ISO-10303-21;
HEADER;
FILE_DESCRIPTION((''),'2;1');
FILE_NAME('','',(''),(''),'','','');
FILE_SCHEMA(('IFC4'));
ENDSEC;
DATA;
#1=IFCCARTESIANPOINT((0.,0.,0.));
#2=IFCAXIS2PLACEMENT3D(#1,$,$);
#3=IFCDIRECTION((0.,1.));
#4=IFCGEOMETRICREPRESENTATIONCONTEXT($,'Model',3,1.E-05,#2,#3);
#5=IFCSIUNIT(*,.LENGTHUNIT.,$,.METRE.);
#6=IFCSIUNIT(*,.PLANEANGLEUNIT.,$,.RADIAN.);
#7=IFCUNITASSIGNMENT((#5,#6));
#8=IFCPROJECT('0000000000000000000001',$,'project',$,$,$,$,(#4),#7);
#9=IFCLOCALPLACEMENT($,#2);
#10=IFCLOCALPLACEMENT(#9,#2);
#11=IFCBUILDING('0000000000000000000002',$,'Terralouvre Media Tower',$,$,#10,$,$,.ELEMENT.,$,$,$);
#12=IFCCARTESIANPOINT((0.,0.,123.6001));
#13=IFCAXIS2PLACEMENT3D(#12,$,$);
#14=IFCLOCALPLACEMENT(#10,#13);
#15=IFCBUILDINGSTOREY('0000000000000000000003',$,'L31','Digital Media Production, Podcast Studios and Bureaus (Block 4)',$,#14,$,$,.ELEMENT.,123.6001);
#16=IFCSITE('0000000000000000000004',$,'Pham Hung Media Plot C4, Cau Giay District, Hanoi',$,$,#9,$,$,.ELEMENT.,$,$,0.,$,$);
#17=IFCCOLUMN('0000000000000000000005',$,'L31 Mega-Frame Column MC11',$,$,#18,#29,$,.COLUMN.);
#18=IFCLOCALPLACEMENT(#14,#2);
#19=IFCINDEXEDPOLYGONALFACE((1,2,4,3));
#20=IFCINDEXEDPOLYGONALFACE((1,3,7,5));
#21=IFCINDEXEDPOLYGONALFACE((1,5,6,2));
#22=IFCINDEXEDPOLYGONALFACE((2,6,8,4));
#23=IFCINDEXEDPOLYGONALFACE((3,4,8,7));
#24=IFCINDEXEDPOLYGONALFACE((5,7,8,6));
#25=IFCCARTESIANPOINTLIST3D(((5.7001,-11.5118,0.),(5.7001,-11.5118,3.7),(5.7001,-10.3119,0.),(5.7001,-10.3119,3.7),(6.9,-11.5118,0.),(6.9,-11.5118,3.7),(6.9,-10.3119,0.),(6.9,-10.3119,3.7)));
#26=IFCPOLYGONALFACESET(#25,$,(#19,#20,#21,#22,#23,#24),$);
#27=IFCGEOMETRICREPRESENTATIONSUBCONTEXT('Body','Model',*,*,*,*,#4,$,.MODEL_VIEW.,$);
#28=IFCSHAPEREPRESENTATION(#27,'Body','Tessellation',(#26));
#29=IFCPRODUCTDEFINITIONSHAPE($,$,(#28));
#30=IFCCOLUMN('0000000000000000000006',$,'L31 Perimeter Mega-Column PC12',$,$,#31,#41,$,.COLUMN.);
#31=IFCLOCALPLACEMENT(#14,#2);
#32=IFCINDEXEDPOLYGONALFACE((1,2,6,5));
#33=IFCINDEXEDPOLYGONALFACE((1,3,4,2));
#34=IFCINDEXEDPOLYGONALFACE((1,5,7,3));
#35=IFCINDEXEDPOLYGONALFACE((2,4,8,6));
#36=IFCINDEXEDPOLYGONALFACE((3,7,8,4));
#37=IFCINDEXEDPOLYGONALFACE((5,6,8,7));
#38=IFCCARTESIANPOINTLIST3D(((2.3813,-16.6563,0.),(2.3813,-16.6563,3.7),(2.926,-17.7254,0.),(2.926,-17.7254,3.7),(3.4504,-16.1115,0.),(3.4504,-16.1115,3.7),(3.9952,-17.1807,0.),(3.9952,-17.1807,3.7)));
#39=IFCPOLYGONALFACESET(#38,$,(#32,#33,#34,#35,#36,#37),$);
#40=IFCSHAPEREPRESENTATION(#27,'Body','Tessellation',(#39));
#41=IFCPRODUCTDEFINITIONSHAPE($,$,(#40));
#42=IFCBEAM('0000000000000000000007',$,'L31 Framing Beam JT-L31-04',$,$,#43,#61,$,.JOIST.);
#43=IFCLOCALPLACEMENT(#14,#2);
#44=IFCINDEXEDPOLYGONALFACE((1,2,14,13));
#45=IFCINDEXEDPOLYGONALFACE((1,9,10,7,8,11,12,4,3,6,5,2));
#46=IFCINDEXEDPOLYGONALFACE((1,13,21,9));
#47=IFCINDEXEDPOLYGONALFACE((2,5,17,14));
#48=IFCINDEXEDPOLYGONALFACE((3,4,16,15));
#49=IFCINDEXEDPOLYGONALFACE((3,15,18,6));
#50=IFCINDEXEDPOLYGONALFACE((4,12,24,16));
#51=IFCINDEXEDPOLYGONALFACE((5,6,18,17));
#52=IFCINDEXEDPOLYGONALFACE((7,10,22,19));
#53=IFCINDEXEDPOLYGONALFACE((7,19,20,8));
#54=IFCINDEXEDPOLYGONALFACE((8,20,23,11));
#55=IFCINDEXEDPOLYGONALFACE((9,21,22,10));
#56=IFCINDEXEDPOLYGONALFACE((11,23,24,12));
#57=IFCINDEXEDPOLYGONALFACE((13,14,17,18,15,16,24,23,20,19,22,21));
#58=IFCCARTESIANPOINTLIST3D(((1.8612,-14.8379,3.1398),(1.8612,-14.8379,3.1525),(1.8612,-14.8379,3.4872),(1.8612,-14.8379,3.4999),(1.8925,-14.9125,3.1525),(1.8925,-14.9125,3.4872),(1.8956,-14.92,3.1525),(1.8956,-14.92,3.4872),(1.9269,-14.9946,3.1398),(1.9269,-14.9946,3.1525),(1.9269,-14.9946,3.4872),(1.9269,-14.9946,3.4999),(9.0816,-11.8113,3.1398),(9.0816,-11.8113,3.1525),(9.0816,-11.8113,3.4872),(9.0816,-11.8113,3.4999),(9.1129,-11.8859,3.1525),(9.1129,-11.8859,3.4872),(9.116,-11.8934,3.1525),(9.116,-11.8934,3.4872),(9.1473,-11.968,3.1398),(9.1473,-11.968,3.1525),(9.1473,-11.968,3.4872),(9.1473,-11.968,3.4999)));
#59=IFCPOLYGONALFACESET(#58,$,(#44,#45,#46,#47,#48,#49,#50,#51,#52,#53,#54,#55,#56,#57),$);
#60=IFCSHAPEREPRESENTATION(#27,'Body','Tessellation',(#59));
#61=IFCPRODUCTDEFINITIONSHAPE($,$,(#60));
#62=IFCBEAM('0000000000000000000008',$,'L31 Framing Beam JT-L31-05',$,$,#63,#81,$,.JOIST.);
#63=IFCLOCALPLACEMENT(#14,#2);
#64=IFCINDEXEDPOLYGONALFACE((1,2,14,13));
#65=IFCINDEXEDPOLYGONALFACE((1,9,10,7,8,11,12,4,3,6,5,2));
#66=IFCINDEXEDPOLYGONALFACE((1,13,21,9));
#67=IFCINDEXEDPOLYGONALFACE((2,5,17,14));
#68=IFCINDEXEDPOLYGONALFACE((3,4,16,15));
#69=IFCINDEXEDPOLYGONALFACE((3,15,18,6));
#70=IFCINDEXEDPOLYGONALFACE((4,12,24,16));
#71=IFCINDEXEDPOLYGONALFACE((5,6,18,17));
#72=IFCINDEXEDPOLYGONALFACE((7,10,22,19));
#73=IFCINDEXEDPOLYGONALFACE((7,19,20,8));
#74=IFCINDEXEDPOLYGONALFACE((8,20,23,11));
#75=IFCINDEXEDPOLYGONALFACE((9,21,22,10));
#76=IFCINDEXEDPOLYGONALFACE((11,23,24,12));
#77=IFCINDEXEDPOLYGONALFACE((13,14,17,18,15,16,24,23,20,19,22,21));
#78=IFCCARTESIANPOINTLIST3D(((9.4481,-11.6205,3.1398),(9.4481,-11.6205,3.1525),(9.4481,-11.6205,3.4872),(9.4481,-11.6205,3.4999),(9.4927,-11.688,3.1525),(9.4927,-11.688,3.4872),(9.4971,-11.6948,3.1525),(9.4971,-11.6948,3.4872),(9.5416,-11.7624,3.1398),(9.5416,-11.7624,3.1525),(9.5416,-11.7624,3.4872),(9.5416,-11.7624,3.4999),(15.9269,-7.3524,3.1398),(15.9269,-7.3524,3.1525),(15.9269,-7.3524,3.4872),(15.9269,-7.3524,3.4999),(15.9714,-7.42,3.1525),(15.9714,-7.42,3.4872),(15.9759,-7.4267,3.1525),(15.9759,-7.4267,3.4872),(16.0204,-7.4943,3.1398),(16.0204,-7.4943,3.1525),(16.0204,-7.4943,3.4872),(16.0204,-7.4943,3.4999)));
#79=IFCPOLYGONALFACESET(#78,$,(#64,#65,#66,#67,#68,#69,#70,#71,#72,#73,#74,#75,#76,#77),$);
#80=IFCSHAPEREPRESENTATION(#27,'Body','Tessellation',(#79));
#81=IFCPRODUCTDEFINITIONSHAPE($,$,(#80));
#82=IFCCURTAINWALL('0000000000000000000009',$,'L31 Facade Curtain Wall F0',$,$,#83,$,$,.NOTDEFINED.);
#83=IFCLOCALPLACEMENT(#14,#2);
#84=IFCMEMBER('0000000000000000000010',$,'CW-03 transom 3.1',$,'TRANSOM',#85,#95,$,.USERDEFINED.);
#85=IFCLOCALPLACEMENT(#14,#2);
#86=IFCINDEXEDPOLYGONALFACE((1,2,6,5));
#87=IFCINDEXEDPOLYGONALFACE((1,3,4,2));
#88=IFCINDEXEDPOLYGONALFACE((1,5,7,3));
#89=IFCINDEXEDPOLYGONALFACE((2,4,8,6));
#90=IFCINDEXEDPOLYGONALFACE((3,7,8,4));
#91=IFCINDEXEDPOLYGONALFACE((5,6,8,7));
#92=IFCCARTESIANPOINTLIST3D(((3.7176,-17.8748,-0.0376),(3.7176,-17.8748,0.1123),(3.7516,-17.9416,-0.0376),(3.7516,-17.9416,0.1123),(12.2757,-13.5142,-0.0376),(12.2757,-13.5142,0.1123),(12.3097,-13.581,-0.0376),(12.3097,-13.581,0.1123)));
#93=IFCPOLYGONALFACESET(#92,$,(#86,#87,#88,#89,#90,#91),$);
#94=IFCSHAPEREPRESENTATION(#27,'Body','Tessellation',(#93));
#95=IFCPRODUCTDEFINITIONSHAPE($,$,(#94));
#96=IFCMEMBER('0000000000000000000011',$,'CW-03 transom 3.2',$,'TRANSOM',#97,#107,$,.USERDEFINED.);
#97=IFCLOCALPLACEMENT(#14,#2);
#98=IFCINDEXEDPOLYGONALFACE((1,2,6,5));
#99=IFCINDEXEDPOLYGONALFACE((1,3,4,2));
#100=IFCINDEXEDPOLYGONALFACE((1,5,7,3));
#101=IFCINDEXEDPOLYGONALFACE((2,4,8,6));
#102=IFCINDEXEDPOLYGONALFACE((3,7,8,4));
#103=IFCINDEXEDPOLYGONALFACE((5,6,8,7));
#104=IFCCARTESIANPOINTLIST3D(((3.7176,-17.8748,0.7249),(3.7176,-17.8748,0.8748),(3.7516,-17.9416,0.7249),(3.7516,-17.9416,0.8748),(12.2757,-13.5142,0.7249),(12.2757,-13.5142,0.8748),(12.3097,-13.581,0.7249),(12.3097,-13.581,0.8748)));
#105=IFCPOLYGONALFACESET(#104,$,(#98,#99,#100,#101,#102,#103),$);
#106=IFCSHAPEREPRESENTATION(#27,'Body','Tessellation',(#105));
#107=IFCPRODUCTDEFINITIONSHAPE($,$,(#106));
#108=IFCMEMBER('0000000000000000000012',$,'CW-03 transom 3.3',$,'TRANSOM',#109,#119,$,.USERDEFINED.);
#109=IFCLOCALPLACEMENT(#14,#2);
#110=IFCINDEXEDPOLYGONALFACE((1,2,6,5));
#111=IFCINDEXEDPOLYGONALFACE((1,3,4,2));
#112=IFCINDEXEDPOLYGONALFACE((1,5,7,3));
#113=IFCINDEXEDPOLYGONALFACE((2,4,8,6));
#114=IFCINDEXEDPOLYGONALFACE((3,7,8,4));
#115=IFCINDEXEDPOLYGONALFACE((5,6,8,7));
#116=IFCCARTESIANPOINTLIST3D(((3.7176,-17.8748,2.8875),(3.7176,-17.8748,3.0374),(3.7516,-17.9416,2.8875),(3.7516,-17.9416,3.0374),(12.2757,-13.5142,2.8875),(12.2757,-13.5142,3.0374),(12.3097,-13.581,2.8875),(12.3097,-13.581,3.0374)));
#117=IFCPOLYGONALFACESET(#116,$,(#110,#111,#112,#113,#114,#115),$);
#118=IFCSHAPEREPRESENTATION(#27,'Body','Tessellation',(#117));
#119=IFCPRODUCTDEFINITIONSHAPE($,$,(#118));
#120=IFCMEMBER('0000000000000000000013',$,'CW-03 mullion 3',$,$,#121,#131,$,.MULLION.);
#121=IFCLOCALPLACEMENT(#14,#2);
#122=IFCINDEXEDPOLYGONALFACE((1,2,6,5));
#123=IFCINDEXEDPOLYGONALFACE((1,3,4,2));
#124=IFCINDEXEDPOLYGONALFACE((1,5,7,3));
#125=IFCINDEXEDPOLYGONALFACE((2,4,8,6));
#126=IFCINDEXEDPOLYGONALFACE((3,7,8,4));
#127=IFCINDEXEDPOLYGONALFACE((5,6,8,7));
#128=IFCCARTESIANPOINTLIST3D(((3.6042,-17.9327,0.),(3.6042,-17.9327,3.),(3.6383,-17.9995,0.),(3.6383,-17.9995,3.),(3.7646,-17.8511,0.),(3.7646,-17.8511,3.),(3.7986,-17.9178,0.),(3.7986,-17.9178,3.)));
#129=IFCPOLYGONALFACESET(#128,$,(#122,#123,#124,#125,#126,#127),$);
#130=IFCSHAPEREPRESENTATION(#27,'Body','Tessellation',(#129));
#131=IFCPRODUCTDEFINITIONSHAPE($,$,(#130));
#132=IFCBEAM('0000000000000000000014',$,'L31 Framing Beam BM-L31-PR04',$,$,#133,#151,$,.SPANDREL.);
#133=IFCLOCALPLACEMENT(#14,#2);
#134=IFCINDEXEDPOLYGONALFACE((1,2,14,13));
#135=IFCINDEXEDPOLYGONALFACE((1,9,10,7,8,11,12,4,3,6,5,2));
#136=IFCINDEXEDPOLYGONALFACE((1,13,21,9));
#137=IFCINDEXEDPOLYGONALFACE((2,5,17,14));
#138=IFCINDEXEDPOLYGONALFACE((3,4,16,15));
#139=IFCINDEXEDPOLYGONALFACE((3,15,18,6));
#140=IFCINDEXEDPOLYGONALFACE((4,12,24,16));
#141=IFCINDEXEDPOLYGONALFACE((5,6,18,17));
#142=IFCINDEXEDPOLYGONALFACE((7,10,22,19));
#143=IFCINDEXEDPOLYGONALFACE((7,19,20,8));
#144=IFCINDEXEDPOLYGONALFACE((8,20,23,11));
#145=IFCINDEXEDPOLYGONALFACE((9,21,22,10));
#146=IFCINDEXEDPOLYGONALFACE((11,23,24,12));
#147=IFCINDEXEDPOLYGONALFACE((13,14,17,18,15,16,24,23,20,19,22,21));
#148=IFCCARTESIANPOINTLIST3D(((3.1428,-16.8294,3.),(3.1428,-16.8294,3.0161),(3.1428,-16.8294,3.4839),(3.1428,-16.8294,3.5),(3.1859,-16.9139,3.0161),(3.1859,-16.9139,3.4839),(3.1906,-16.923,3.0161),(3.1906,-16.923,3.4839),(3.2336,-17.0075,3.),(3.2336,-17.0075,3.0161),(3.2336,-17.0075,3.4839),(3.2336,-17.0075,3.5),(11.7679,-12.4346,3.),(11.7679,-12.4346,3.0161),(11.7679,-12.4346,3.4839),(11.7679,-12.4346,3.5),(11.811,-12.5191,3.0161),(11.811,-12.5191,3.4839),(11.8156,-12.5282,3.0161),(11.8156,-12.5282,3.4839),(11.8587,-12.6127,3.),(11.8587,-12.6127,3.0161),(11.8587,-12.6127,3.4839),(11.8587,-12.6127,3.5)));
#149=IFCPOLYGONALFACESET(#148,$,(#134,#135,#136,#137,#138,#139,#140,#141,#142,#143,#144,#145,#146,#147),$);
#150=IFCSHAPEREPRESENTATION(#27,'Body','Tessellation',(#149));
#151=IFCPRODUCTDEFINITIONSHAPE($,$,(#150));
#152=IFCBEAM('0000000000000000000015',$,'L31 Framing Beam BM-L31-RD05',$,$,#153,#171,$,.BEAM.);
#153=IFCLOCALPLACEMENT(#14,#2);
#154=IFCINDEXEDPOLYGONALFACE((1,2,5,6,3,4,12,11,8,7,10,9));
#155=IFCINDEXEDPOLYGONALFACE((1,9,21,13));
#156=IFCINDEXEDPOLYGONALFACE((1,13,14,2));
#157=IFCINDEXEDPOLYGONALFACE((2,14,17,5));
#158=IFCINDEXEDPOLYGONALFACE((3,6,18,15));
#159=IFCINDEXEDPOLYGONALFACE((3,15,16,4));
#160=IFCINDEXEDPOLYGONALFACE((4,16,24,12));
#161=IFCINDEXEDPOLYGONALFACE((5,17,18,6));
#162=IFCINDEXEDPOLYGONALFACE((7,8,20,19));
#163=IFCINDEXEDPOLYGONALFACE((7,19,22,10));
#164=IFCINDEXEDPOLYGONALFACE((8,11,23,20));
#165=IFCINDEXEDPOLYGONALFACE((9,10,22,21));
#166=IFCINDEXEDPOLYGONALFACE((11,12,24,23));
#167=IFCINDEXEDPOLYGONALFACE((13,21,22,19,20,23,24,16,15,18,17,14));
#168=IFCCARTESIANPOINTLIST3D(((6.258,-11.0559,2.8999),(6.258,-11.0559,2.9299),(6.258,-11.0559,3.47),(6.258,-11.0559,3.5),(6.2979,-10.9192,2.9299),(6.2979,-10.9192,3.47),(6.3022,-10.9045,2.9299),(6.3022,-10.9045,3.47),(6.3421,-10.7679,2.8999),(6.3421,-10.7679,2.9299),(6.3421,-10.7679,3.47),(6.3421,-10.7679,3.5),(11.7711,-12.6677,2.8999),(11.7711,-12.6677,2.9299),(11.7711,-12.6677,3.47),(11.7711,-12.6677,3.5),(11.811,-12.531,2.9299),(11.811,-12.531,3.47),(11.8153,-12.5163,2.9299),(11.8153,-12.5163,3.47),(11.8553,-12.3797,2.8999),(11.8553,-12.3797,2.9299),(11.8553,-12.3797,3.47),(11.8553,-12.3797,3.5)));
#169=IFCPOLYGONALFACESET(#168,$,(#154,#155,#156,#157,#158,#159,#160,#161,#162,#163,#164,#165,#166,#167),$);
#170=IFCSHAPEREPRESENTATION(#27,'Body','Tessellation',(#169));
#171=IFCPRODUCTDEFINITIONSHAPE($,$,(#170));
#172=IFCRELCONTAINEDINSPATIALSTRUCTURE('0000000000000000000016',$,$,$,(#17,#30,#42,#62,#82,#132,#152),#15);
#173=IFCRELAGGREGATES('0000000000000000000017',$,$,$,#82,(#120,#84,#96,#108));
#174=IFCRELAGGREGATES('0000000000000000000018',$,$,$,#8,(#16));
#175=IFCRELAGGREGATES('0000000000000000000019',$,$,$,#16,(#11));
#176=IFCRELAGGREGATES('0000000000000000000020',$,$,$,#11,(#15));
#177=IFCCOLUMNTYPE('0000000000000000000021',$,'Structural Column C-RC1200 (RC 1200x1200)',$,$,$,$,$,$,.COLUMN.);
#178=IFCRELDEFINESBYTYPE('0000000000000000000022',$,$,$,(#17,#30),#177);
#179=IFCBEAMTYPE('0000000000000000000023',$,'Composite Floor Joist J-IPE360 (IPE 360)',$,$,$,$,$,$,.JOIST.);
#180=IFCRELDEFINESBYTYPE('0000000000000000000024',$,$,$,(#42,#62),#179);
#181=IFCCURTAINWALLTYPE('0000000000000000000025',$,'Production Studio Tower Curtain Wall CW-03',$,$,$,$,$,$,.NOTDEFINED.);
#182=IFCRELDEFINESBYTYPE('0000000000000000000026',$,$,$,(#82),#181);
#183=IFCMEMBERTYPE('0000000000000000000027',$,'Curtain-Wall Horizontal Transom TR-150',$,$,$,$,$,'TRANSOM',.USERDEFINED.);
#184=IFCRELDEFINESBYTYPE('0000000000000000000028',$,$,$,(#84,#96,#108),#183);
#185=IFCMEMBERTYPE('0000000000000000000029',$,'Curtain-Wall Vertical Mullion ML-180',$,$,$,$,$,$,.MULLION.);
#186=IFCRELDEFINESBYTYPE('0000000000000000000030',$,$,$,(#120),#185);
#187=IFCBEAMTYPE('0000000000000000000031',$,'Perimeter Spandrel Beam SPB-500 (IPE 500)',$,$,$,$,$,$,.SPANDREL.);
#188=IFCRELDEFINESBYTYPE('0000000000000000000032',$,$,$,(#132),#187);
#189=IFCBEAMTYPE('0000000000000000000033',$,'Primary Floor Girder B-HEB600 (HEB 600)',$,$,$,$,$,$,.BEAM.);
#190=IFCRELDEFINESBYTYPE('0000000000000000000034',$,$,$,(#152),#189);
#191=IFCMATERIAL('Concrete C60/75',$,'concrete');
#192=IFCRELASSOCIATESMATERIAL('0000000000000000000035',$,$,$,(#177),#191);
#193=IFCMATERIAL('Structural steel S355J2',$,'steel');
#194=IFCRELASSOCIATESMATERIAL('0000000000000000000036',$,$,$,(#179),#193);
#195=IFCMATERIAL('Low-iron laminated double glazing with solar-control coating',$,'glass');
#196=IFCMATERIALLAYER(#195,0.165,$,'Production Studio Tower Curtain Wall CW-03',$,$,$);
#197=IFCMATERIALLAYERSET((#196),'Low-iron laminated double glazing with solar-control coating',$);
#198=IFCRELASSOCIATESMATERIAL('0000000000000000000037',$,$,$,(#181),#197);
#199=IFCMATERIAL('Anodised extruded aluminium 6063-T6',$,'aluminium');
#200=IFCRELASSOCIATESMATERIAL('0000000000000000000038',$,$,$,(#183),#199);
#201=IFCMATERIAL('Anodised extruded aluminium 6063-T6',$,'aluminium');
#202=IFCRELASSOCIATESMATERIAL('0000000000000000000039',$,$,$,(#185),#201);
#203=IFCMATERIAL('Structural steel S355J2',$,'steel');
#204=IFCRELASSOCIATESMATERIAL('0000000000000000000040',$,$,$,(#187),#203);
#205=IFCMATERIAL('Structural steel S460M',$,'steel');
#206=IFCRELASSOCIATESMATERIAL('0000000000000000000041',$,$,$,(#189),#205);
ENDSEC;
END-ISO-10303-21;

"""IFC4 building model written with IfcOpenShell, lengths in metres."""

from ifc_helpers import new_model, si_unit, direction, frame, origin, origin_2d, place, context, subcontext, project, spatial, rectangle, i_section, extrude, material, layer, layer_set, material_profile, profile_set, type_object, element, aggregate, save


model = new_model("IFC4")

# Units and contexts
model_context = context("Model", 3, precision=1e-05, world=origin(), true_north=direction((0.0, 1.0)))
body_context = subcontext(model_context, "Body", "Model", "MODEL_VIEW")
ifc_project = project(units=[si_unit("LENGTHUNIT", "METRE"), si_unit("PLANEANGLEUNIT", "RADIAN")], contexts=[model_context])

# Site, building, storey
site_placement = place(None, origin())
site = spatial("IfcSite", under=ifc_project, at=site_placement, Name="Pham Hung Media Plot C4, Cau Giay District, Hanoi", CompositionType="ELEMENT", RefElevation=0.0)
building_placement = place(site_placement, origin())
building = spatial("IfcBuilding", under=site, at=building_placement, Name="Terralouvre Media Tower", CompositionType="ELEMENT")
storey_placement = place(building_placement, frame((0.0, 0.0, 123.6001)))
storey = spatial("IfcBuildingStorey", under=building, at=storey_placement, Name="L31", Description="Digital Media Production, Podcast Studios and Bureaus (Block 4)", CompositionType="ELEMENT", Elevation=123.6001)

# Columns
ifc_material_1 = material(Name="Concrete C60/75", Category="concrete")
ifc_material_profile_1 = material_profile(ifc_material_1, rectangle(XDim=1.2, YDim=1.2, at=origin_2d()), Name="RC 1200x1200")
ifc_profile_set_1 = profile_set([ifc_material_profile_1], Name="Concrete C60/75")
column_type = type_object("IfcColumnType", Name="Structural Column C-RC1200 (RC 1200x1200)", PredefinedType="COLUMN", material=ifc_profile_set_1)
for number, where, z_axis, x_axis, name in (
    (1, (6.3, -10.9119, 0.0), (0.0, 0.0, 1.0), (1.0, 0.0, 0.0), "L31 Mega-Frame Column MC11"),
    (2, (3.1882, -16.9185, 0.0), (0.0, 0.0, 1.0), (0.891007, 0.45399, 0.0), "L31 Perimeter Mega-Column PC12"),
):
    element("IfcColumn", number, at=place(storey_placement, frame(where, z_axis=z_axis, x_axis=x_axis)), inside=storey, type_object=column_type, Name=name, PredefinedType="COLUMN", context=body_context, shape_type="SweptSolid", body=[
        extrude(rectangle(XDim=1.2, YDim=1.2, at=origin_2d()), origin(), (0.0, 0.0, 1.0), 3.7),
    ])

# Beams
ifc_material_2 = material(Name="Structural steel S355J2", Category="steel")
ifc_material_profile_2 = material_profile(ifc_material_2, i_section(OverallWidth=0.1699, OverallDepth=0.3601, WebThickness=0.0081, FlangeThickness=0.0127, at=origin_2d()), Name="IPE 360")
ifc_profile_set_2 = profile_set([ifc_material_profile_2], Name="Structural steel S355J2")
beam_type_1 = type_object("IfcBeamType", Name="Composite Floor Joist J-IPE360 (IPE 360)", PredefinedType="JOIST", material=ifc_profile_set_2)
beam_1_placement = place(storey_placement, frame((1.894, -14.9163, 3.3198), z_axis=(0.922255, 0.386583, 0.0), x_axis=(-0.386583, 0.922255, 0.0)))
element("IfcBeam", 3, at=beam_1_placement, inside=storey, type_object=beam_type_1, Name="L31 Framing Beam JT-L31-04", PredefinedType="JOIST", context=body_context, shape_type="SweptSolid", body=[
    extrude(i_section(OverallWidth=0.1699, OverallDepth=0.3601, WebThickness=0.0081, FlangeThickness=0.0127, at=origin_2d()), origin(), (0.0, 0.0, 1.0), 7.8291),
])
beam_2_placement = place(storey_placement, frame((9.4949, -11.6914, 3.3198), z_axis=(0.835078, 0.550131, 0.0), x_axis=(-0.550131, 0.835078, 0.0)))
element("IfcBeam", 4, at=beam_2_placement, inside=storey, type_object=beam_type_1, Name="L31 Framing Beam JT-L31-05", PredefinedType="JOIST", context=body_context, shape_type="SweptSolid", body=[
    extrude(i_section(OverallWidth=0.1699, OverallDepth=0.3601, WebThickness=0.0081, FlangeThickness=0.0127, at=origin_2d()), origin(), (0.0, 0.0, 1.0), 7.7583),
])

# Curtain wall, members
ifc_material_3 = material(Name="Low-iron laminated double glazing with solar-control coating", Category="glass")
ifc_layer_1 = layer(ifc_material_3, 0.165, Name="Production Studio Tower Curtain Wall CW-03")
ifc_layer_set_1 = layer_set([ifc_layer_1], Name="Low-iron laminated double glazing with solar-control coating")
curtain_wall_type = type_object("IfcCurtainWallType", Name="Production Studio Tower Curtain Wall CW-03", PredefinedType="NOTDEFINED", material=ifc_layer_set_1)
curtain_wall_placement = place(storey_placement, origin())
curtain_wall = element("IfcCurtainWall", 5, at=curtain_wall_placement, inside=storey, type_object=curtain_wall_type, Name="L31 Facade Curtain Wall F0", PredefinedType="NOTDEFINED")
ifc_material_4 = material(Name="Anodised extruded aluminium 6063-T6", Category="aluminium")
ifc_material_profile_3 = material_profile(ifc_material_4, rectangle(XDim=0.075, YDim=0.1499, at=origin_2d()), Name="ALU 75x150")
ifc_profile_set_3 = profile_set([ifc_material_profile_3], Name="Anodised extruded aluminium 6063-T6")
member_type_1 = type_object("IfcMemberType", Name="Curtain-Wall Horizontal Transom TR-150", ElementType="TRANSOM", PredefinedType="USERDEFINED", material=ifc_profile_set_3)
member_1_placement = place(storey_placement, frame((3.7346, -17.9082, 0.0374), z_axis=(0.891006, 0.453992, 0.0), x_axis=(-0.453992, 0.891006, 0.0)))
member_1 = element("IfcMember", 6, at=member_1_placement, type_object=member_type_1, Name="CW-03 transom 3.1", ObjectType="TRANSOM", PredefinedType="USERDEFINED", context=body_context, shape_type="SweptSolid", body=[
    extrude(rectangle(XDim=0.075, YDim=0.1499, at=origin_2d()), origin(), (0.0, 0.0, 1.0), 9.605),
])
member_2_placement = place(storey_placement, frame((3.7346, -17.9082, 0.7998), z_axis=(0.891006, 0.453992, 0.0), x_axis=(-0.453992, 0.891006, 0.0)))
member_2 = element("IfcMember", 7, at=member_2_placement, type_object=member_type_1, Name="CW-03 transom 3.2", ObjectType="TRANSOM", PredefinedType="USERDEFINED", context=body_context, shape_type="SweptSolid", body=[
    extrude(rectangle(XDim=0.075, YDim=0.1499, at=origin_2d()), origin(), (0.0, 0.0, 1.0), 9.605),
])
member_3_placement = place(storey_placement, frame((3.7346, -17.9082, 2.9624), z_axis=(0.891006, 0.453992, 0.0), x_axis=(-0.453992, 0.891006, 0.0)))
member_3 = element("IfcMember", 8, at=member_3_placement, type_object=member_type_1, Name="CW-03 transom 3.3", ObjectType="TRANSOM", PredefinedType="USERDEFINED", context=body_context, shape_type="SweptSolid", body=[
    extrude(rectangle(XDim=0.075, YDim=0.1499, at=origin_2d()), origin(), (0.0, 0.0, 1.0), 9.605),
])
ifc_material_5 = material(Name="Anodised extruded aluminium 6063-T6", Category="aluminium")
ifc_material_profile_4 = material_profile(ifc_material_5, rectangle(XDim=0.075, YDim=0.1799, at=origin_2d()), Name="ALU 75x180")
ifc_profile_set_4 = profile_set([ifc_material_profile_4], Name="Anodised extruded aluminium 6063-T6")
member_type_2 = type_object("IfcMemberType", Name="Curtain-Wall Vertical Mullion ML-180", PredefinedType="MULLION", material=ifc_profile_set_4)
member_4_placement = place(storey_placement, frame((3.7014, -17.9253, 0.0), z_axis=(0.0, 0.0, 1.0), x_axis=(-0.453991, 0.891007, 0.0)))
member_4 = element("IfcMember", 9, at=member_4_placement, type_object=member_type_2, Name="CW-03 mullion 3", PredefinedType="MULLION", context=body_context, shape_type="SweptSolid", body=[
    extrude(rectangle(XDim=0.075, YDim=0.1799, at=origin_2d()), origin(), (0.0, 0.0, 1.0), 3.0),
])

# Beams
ifc_material_6 = material(Name="Structural steel S355J2", Category="steel")
ifc_material_profile_5 = material_profile(ifc_material_6, i_section(OverallWidth=0.2, OverallDepth=0.5, WebThickness=0.0103, FlangeThickness=0.0161, at=origin_2d()), Name="IPE 500")
ifc_profile_set_5 = profile_set([ifc_material_profile_5], Name="Structural steel S355J2")
beam_type_2 = type_object("IfcBeamType", Name="Perimeter Spandrel Beam SPB-500 (IPE 500)", PredefinedType="SPANDREL", material=ifc_profile_set_5)
beam_3_placement = place(storey_placement, frame((3.1882, -16.9185, 3.25), z_axis=(0.891002, 0.454, 0.0), x_axis=(-0.454, 0.891002, 0.0)))
element("IfcBeam", 10, at=beam_3_placement, inside=storey, type_object=beam_type_2, Name="L31 Framing Beam BM-L31-PR04", PredefinedType="SPANDREL", context=body_context, shape_type="SweptSolid", body=[
    extrude(i_section(OverallWidth=0.2, OverallDepth=0.5, WebThickness=0.0103, FlangeThickness=0.0161, at=origin_2d()), origin(), (0.0, 0.0, 1.0), 9.6802),
])
ifc_material_7 = material(Name="Structural steel S460M", Category="steel")
ifc_material_profile_6 = material_profile(ifc_material_7, i_section(OverallWidth=0.3, OverallDepth=0.6001, WebThickness=0.0154, FlangeThickness=0.03, at=origin_2d()), Name="HEB 600")
ifc_profile_set_6 = profile_set([ifc_material_profile_6], Name="Structural steel S460M")
beam_type_3 = type_object("IfcBeamType", Name="Primary Floor Girder B-HEB600 (HEB 600)", PredefinedType="BEAM", material=ifc_profile_set_6)
beam_4_placement = place(storey_placement, frame((6.3, -10.9119, 3.2), z_axis=(0.959822, -0.28061, 0.0), x_axis=(0.28061, 0.959822, 0.0)))
element("IfcBeam", 11, at=beam_4_placement, inside=storey, type_object=beam_type_3, Name="L31 Framing Beam BM-L31-RD05", PredefinedType="BEAM", context=body_context, shape_type="SweptSolid", body=[
    extrude(i_section(OverallWidth=0.3, OverallDepth=0.6001, WebThickness=0.0154, FlangeThickness=0.03, at=origin_2d()), origin(), (0.0, 0.0, 1.0), 5.7439),
])

aggregate(curtain_wall, [member_4, member_1, member_2, member_3])

save(model, "model.ifc")
